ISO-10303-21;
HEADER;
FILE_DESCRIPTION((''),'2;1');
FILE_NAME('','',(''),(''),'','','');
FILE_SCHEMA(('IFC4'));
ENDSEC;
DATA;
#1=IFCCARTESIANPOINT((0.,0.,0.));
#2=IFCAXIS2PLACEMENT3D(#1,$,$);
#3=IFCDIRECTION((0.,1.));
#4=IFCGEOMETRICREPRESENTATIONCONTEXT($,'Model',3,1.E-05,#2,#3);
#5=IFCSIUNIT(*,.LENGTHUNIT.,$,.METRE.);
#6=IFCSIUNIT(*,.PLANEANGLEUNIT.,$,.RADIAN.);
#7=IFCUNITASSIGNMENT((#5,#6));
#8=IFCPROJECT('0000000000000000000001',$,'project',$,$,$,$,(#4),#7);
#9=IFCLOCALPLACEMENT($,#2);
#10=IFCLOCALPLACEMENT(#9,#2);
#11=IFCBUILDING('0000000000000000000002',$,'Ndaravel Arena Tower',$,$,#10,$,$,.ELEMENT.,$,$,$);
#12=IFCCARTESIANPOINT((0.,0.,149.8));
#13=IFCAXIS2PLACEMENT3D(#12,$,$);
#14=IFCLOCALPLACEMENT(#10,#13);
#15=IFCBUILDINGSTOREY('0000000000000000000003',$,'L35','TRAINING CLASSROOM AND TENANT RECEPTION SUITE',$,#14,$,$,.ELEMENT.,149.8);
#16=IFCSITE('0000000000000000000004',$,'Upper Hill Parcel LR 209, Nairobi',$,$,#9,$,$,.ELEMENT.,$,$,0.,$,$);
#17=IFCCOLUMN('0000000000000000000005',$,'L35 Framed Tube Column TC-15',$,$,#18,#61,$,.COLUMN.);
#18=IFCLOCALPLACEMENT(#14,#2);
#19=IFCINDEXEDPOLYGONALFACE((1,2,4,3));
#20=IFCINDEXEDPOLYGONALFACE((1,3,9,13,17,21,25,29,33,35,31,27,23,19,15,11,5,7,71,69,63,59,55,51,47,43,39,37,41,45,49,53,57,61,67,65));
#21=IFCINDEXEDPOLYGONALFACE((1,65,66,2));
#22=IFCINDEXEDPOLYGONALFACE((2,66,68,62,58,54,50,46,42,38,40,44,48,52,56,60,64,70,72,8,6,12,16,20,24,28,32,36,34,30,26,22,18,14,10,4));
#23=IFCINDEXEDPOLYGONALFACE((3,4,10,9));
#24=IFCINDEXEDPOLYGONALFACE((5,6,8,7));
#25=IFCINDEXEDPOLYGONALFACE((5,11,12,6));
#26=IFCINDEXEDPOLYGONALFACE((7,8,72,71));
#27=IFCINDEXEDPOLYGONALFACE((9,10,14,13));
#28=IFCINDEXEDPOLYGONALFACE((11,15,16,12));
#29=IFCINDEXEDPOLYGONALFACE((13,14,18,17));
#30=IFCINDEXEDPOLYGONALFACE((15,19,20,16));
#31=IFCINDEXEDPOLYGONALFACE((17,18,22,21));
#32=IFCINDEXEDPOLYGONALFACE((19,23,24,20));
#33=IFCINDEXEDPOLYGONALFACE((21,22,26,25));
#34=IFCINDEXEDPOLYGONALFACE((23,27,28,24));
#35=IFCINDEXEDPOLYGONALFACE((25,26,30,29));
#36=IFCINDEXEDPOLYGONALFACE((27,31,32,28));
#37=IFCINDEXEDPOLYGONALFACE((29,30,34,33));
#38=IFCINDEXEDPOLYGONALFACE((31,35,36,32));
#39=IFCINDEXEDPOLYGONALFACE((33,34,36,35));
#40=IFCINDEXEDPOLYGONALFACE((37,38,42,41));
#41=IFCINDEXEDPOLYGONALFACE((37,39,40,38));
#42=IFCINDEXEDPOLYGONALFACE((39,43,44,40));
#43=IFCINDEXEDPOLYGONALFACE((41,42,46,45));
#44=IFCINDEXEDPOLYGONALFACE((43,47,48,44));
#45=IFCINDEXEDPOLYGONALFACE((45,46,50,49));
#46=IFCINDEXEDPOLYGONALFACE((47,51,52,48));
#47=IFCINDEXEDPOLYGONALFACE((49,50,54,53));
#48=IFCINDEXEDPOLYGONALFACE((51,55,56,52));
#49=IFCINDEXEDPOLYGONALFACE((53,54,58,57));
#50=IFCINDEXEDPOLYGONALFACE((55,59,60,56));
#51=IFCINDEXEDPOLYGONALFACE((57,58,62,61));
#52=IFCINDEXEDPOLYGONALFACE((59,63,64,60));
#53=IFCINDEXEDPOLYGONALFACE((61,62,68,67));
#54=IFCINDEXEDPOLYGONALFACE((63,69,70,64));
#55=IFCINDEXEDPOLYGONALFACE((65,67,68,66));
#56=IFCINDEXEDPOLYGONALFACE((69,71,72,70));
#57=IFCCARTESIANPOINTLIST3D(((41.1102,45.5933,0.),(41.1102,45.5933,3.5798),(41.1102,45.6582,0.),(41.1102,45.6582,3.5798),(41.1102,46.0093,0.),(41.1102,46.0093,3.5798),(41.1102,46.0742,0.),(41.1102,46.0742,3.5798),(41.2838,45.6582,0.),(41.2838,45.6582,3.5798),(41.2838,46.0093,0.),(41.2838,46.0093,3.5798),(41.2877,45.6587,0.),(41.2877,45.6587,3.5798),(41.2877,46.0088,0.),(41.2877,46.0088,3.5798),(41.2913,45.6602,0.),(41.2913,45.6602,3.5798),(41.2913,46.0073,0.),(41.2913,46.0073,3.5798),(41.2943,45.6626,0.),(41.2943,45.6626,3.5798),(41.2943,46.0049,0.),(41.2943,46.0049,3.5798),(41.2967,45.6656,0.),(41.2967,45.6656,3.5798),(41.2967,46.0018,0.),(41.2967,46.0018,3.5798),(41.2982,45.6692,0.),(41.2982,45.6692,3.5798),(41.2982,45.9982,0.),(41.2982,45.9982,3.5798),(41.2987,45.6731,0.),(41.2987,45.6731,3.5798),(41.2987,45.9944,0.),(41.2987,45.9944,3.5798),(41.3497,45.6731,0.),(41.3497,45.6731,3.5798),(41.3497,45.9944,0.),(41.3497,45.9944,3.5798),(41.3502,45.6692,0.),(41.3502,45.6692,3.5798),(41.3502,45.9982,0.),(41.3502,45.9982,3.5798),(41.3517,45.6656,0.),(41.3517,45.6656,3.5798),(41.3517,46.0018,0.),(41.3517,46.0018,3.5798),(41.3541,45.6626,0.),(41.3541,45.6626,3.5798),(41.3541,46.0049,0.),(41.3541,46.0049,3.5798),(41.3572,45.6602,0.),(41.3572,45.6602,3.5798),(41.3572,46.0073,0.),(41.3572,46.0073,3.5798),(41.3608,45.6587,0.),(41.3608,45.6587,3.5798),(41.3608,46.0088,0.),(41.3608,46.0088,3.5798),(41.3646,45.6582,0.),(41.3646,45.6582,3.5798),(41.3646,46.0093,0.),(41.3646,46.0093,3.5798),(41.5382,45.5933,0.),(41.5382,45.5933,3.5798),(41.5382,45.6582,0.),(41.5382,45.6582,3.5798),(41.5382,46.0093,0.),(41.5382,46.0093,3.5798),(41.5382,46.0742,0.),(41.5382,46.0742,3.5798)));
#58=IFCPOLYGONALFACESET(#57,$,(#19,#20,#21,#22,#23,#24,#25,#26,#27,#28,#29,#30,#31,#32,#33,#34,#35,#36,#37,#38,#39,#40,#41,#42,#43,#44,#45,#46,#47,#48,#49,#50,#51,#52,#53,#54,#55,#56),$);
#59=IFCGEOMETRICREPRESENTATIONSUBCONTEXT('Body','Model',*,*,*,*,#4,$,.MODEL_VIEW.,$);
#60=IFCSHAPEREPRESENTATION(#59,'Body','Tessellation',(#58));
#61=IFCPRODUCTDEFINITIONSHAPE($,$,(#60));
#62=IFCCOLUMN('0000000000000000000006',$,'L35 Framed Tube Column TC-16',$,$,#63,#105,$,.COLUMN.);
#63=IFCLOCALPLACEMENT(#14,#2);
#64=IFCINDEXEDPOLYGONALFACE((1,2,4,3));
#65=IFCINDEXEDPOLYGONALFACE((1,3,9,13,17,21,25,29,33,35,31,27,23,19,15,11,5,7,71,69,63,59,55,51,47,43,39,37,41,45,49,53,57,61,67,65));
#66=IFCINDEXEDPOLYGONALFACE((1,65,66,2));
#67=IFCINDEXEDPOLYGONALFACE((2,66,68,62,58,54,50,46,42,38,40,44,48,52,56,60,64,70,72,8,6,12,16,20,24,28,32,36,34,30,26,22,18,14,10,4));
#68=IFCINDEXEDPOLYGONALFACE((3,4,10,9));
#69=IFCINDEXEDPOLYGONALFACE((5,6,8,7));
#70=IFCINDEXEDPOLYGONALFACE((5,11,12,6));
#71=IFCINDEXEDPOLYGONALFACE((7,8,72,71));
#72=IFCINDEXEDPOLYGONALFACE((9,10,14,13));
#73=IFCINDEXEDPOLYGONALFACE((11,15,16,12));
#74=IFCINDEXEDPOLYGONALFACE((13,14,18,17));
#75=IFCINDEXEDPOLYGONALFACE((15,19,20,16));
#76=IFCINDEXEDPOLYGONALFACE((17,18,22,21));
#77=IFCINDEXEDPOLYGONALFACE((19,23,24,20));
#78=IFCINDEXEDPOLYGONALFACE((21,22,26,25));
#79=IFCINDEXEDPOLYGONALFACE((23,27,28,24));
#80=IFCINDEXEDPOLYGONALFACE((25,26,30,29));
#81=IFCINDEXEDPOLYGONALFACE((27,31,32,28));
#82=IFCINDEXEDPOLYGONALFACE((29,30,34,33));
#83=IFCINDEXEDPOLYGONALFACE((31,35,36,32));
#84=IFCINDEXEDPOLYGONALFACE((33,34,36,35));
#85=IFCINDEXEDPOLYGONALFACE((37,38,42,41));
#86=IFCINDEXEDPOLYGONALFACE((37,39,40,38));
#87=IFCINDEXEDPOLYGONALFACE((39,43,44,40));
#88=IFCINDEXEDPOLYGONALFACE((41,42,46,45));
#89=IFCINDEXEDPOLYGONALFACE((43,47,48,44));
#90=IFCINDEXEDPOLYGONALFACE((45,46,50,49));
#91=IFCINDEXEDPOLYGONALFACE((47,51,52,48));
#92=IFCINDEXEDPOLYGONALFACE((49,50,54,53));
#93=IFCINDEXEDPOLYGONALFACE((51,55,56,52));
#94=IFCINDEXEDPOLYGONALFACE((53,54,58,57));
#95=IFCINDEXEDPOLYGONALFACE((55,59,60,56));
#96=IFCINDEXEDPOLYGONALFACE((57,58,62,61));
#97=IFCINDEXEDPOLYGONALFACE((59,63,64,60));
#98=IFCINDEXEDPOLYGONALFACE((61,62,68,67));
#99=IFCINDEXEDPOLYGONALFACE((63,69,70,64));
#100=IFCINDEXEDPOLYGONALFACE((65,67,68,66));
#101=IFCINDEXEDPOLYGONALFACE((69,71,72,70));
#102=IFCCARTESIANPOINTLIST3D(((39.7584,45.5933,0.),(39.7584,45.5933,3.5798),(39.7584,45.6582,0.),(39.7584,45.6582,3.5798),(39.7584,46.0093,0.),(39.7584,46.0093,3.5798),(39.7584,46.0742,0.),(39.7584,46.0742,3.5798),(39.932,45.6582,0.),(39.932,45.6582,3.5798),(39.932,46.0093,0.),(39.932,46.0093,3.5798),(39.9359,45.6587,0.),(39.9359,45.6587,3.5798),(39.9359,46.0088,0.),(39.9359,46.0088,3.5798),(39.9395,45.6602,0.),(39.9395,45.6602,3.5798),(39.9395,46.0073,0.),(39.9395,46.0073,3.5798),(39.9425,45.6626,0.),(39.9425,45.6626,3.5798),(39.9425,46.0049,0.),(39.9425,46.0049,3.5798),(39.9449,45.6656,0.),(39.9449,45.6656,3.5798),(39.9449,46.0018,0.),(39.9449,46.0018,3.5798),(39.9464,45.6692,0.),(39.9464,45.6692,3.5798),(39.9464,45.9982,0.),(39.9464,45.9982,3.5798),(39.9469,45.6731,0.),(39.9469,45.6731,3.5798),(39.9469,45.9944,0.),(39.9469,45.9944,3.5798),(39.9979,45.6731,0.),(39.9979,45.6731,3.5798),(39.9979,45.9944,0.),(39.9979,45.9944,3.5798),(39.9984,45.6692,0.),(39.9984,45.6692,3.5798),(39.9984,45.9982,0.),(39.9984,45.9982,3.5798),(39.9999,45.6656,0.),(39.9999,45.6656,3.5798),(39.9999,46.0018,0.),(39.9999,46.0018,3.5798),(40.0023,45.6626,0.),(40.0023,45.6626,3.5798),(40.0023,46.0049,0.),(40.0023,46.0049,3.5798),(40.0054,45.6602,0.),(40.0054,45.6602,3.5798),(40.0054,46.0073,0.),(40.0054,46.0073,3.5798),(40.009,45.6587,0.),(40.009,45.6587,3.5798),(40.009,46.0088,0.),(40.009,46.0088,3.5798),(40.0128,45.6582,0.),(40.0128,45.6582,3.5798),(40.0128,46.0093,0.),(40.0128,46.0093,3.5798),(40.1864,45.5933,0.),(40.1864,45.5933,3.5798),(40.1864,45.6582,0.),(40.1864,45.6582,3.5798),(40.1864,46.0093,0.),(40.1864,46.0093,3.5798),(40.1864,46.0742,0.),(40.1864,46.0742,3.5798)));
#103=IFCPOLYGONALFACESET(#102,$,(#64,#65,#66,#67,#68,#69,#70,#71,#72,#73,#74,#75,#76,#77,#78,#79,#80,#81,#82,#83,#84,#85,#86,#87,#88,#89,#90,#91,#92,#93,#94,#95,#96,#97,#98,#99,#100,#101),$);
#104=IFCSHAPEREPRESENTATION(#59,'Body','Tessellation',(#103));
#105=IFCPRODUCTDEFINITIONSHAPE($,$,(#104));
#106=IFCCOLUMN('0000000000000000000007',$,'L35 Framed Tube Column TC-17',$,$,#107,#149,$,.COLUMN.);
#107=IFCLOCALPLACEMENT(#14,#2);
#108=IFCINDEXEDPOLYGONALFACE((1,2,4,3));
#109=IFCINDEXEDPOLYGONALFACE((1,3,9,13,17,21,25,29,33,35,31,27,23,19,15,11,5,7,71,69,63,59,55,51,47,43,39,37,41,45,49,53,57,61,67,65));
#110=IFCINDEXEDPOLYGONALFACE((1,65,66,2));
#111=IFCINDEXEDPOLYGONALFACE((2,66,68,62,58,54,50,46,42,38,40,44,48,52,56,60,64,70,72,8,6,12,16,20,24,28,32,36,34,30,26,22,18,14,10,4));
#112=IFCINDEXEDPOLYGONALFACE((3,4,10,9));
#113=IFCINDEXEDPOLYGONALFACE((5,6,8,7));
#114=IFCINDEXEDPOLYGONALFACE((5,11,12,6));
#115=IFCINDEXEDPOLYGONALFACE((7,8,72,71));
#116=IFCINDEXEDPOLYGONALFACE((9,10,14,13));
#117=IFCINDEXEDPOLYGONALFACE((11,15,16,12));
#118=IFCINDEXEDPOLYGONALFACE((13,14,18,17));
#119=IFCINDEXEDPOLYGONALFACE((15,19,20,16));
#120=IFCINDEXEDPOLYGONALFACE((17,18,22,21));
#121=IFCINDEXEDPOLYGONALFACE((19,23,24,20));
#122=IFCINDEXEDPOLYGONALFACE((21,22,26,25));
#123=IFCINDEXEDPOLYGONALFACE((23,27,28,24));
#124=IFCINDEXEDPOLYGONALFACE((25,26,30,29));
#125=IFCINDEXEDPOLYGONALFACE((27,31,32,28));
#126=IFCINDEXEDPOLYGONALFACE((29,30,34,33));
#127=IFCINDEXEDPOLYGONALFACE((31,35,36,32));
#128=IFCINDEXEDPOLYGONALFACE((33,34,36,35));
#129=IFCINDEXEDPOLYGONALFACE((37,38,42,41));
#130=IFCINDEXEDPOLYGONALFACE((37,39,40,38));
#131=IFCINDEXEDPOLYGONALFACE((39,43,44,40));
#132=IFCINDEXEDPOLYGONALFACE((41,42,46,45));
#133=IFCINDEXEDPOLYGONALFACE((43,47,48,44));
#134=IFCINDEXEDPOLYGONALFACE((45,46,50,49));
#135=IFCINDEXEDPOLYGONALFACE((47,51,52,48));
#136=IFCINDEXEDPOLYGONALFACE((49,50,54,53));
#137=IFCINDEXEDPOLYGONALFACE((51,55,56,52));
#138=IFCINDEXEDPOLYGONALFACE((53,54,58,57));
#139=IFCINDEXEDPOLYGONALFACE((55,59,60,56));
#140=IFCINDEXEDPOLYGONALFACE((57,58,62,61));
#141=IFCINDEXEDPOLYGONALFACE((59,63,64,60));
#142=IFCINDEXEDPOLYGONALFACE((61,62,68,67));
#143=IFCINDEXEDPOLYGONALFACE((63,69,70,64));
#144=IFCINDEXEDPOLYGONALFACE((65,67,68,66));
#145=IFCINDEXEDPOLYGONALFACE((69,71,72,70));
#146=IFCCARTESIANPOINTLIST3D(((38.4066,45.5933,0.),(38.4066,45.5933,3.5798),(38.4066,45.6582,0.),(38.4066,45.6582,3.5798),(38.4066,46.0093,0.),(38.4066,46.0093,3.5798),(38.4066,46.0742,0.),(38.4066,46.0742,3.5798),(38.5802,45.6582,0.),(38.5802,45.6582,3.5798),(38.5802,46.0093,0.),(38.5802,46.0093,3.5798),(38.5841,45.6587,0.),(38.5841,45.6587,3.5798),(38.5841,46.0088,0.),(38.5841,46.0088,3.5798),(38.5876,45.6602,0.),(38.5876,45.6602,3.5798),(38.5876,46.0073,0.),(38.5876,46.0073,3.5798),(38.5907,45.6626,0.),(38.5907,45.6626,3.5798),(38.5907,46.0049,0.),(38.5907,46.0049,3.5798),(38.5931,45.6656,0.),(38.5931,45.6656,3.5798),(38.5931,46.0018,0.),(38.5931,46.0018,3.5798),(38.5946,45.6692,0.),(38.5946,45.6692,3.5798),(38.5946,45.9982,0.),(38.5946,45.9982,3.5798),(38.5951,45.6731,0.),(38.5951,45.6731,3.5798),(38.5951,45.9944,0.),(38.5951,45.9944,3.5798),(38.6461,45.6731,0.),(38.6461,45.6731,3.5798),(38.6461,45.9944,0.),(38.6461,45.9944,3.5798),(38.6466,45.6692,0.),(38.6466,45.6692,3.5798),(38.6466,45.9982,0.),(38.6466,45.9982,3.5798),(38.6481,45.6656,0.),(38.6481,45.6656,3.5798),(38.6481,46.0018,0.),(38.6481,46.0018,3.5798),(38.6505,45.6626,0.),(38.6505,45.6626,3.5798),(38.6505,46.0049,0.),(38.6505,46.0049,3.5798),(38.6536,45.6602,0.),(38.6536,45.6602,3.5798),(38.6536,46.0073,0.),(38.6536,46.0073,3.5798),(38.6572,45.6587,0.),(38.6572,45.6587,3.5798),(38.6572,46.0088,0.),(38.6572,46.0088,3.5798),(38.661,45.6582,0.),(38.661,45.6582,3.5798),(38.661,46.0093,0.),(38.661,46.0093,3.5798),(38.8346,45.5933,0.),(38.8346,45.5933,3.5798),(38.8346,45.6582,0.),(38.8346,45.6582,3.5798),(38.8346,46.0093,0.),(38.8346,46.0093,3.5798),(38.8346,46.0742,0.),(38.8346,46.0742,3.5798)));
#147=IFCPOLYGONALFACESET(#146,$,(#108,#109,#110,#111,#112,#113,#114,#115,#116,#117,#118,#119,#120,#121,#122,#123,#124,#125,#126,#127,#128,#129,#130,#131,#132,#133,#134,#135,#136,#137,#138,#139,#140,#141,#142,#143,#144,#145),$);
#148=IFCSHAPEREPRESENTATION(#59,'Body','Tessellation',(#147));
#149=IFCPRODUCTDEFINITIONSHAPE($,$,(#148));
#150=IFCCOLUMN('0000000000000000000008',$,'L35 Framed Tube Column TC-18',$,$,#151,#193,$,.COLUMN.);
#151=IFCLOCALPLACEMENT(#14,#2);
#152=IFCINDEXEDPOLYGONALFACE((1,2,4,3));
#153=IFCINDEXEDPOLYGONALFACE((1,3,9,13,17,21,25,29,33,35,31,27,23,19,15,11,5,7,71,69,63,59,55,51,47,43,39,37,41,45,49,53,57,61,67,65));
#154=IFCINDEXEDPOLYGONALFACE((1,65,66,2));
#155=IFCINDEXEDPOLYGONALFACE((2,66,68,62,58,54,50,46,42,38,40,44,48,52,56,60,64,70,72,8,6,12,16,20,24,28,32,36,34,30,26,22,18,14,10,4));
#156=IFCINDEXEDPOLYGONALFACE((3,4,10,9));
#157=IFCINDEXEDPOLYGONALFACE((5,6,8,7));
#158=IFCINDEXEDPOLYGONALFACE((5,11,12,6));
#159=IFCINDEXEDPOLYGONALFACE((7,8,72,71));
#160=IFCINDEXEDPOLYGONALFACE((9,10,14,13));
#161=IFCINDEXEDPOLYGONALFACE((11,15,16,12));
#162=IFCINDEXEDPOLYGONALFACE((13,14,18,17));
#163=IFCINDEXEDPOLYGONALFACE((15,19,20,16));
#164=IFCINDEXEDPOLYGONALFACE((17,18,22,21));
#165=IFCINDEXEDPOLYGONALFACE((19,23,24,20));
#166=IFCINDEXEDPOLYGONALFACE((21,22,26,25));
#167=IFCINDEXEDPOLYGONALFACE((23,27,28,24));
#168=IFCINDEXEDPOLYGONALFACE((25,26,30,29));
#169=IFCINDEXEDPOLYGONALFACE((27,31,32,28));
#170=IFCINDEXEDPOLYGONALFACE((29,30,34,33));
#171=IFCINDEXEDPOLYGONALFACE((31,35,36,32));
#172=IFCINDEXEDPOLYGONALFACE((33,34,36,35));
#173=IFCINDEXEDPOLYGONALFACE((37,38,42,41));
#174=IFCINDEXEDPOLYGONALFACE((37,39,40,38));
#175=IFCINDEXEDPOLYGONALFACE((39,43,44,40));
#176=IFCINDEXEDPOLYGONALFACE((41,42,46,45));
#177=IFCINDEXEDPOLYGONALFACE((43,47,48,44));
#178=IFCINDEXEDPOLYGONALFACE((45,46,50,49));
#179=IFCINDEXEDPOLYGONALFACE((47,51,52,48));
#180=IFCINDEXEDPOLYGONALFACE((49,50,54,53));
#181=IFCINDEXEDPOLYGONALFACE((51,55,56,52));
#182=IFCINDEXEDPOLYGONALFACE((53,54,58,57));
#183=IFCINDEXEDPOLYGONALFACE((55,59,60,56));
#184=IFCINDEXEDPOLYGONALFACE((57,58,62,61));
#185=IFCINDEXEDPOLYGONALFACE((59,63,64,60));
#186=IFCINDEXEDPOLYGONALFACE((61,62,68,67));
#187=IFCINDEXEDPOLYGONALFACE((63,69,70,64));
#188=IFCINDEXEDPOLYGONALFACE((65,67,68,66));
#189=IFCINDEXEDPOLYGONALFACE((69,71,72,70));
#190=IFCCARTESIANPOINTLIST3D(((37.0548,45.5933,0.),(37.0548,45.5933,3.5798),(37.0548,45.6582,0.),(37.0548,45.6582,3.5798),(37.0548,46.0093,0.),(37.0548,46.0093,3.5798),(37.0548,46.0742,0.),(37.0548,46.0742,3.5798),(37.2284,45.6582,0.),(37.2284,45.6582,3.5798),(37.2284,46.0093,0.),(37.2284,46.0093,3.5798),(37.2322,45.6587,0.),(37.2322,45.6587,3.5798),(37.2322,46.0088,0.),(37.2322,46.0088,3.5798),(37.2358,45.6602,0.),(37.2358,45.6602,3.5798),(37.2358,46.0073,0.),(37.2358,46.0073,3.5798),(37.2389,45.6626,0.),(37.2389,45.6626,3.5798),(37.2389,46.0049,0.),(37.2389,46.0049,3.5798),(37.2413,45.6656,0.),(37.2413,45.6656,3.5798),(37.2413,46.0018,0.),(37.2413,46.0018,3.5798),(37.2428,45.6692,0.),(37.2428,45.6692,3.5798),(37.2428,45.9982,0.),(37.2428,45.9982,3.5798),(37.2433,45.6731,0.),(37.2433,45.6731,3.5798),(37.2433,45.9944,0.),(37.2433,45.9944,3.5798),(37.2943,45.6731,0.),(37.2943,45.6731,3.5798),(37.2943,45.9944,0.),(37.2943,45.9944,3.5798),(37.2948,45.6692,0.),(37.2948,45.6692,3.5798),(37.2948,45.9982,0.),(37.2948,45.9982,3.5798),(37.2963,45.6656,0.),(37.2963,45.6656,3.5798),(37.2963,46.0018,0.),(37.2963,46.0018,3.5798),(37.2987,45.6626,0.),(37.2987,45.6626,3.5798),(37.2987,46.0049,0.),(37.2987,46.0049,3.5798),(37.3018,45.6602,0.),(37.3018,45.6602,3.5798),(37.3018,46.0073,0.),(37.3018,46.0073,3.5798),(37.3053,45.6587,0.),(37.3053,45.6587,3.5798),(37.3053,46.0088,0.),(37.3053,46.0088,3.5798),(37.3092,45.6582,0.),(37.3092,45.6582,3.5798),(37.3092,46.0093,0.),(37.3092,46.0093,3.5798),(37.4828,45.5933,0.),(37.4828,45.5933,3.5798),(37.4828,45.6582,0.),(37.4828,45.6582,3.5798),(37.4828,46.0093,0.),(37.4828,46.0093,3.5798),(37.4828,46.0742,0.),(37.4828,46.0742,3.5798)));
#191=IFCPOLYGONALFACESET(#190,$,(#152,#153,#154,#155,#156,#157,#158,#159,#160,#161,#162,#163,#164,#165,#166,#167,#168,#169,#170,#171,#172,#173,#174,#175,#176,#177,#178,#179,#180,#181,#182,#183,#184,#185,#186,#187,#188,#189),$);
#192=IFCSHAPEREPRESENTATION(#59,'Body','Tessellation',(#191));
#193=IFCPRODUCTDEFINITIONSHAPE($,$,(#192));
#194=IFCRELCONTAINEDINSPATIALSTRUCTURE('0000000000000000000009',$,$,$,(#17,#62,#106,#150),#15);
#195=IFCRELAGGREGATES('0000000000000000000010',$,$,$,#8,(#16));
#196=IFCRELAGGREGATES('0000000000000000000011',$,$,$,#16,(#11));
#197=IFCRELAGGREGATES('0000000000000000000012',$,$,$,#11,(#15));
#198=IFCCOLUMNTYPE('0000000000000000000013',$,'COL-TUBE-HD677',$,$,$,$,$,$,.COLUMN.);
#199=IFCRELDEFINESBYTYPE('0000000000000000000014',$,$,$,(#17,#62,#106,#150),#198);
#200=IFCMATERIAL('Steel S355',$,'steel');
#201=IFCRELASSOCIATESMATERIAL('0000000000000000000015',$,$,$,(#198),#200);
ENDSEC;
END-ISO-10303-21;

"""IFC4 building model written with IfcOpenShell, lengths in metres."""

from ifc_helpers import new_model, si_unit, direction, frame, origin, origin_2d, place, context, subcontext, project, spatial, i_section, extrude, material, material_profile, profile_set, type_object, element, save


model = new_model("IFC4")

# Units and contexts
model_context = context("Model", 3, precision=1e-05, world=origin(), true_north=direction((0.0, 1.0)))
body_context = subcontext(model_context, "Body", "Model", "MODEL_VIEW")
ifc_project = project(units=[si_unit("LENGTHUNIT", "METRE"), si_unit("PLANEANGLEUNIT", "RADIAN")], contexts=[model_context])

# Site, building, storey
site_placement = place(None, origin())
site = spatial("IfcSite", under=ifc_project, at=site_placement, Name="Upper Hill Parcel LR 209, Nairobi", CompositionType="ELEMENT", RefElevation=0.0)
building_placement = place(site_placement, origin())
building = spatial("IfcBuilding", under=site, at=building_placement, Name="Ndaravel Arena Tower", CompositionType="ELEMENT")
storey_placement = place(building_placement, frame((0.0, 0.0, 149.8)))
storey = spatial("IfcBuildingStorey", under=building, at=storey_placement, Name="L35", Description="TRAINING CLASSROOM AND TENANT RECEPTION SUITE", CompositionType="ELEMENT", Elevation=149.8)

# Columns
ifc_material_1 = material(Name="Steel S355", Category="steel")
ifc_material_profile_1 = material_profile(ifc_material_1, i_section(OverallWidth=0.428, OverallDepth=0.481, WebThickness=0.051, FlangeThickness=0.0649, FilletRadius=0.0149, at=origin_2d()), Name="HD 400x677")
ifc_profile_set_1 = profile_set([ifc_material_profile_1], Name="Steel S355")
column_type = type_object("IfcColumnType", Name="COL-TUBE-HD677", PredefinedType="COLUMN", material=ifc_profile_set_1)
for number, where, z_axis, x_axis, name in (
    (1, (41.3242, 45.8337, 0.0), (0.0, 0.0, 1.0), (1.0, 0.0, 0.0), "L35 Framed Tube Column TC-15"),
    (2, (39.9724, 45.8337, 0.0), (0.0, 0.0, 1.0), (1.0, 0.0, 0.0), "L35 Framed Tube Column TC-16"),
    (3, (38.6206, 45.8337, 0.0), (0.0, 0.0, 1.0), (1.0, 0.0, 0.0), "L35 Framed Tube Column TC-17"),
    (4, (37.2688, 45.8337, 0.0), (0.0, 0.0, 1.0), (1.0, 0.0, 0.0), "L35 Framed Tube Column TC-18"),
):
    element("IfcColumn", number, at=place(storey_placement, frame(where, z_axis=z_axis, x_axis=x_axis)), inside=storey, type_object=column_type, Name=name, PredefinedType="COLUMN", context=body_context, shape_type="SweptSolid", body=[
        extrude(i_section(OverallWidth=0.428, OverallDepth=0.481, WebThickness=0.051, FlangeThickness=0.0649, FilletRadius=0.0149, at=origin_2d()), origin(), (0.0, 0.0, 1.0), 3.5798),
    ])

save(model, "model.ifc")
